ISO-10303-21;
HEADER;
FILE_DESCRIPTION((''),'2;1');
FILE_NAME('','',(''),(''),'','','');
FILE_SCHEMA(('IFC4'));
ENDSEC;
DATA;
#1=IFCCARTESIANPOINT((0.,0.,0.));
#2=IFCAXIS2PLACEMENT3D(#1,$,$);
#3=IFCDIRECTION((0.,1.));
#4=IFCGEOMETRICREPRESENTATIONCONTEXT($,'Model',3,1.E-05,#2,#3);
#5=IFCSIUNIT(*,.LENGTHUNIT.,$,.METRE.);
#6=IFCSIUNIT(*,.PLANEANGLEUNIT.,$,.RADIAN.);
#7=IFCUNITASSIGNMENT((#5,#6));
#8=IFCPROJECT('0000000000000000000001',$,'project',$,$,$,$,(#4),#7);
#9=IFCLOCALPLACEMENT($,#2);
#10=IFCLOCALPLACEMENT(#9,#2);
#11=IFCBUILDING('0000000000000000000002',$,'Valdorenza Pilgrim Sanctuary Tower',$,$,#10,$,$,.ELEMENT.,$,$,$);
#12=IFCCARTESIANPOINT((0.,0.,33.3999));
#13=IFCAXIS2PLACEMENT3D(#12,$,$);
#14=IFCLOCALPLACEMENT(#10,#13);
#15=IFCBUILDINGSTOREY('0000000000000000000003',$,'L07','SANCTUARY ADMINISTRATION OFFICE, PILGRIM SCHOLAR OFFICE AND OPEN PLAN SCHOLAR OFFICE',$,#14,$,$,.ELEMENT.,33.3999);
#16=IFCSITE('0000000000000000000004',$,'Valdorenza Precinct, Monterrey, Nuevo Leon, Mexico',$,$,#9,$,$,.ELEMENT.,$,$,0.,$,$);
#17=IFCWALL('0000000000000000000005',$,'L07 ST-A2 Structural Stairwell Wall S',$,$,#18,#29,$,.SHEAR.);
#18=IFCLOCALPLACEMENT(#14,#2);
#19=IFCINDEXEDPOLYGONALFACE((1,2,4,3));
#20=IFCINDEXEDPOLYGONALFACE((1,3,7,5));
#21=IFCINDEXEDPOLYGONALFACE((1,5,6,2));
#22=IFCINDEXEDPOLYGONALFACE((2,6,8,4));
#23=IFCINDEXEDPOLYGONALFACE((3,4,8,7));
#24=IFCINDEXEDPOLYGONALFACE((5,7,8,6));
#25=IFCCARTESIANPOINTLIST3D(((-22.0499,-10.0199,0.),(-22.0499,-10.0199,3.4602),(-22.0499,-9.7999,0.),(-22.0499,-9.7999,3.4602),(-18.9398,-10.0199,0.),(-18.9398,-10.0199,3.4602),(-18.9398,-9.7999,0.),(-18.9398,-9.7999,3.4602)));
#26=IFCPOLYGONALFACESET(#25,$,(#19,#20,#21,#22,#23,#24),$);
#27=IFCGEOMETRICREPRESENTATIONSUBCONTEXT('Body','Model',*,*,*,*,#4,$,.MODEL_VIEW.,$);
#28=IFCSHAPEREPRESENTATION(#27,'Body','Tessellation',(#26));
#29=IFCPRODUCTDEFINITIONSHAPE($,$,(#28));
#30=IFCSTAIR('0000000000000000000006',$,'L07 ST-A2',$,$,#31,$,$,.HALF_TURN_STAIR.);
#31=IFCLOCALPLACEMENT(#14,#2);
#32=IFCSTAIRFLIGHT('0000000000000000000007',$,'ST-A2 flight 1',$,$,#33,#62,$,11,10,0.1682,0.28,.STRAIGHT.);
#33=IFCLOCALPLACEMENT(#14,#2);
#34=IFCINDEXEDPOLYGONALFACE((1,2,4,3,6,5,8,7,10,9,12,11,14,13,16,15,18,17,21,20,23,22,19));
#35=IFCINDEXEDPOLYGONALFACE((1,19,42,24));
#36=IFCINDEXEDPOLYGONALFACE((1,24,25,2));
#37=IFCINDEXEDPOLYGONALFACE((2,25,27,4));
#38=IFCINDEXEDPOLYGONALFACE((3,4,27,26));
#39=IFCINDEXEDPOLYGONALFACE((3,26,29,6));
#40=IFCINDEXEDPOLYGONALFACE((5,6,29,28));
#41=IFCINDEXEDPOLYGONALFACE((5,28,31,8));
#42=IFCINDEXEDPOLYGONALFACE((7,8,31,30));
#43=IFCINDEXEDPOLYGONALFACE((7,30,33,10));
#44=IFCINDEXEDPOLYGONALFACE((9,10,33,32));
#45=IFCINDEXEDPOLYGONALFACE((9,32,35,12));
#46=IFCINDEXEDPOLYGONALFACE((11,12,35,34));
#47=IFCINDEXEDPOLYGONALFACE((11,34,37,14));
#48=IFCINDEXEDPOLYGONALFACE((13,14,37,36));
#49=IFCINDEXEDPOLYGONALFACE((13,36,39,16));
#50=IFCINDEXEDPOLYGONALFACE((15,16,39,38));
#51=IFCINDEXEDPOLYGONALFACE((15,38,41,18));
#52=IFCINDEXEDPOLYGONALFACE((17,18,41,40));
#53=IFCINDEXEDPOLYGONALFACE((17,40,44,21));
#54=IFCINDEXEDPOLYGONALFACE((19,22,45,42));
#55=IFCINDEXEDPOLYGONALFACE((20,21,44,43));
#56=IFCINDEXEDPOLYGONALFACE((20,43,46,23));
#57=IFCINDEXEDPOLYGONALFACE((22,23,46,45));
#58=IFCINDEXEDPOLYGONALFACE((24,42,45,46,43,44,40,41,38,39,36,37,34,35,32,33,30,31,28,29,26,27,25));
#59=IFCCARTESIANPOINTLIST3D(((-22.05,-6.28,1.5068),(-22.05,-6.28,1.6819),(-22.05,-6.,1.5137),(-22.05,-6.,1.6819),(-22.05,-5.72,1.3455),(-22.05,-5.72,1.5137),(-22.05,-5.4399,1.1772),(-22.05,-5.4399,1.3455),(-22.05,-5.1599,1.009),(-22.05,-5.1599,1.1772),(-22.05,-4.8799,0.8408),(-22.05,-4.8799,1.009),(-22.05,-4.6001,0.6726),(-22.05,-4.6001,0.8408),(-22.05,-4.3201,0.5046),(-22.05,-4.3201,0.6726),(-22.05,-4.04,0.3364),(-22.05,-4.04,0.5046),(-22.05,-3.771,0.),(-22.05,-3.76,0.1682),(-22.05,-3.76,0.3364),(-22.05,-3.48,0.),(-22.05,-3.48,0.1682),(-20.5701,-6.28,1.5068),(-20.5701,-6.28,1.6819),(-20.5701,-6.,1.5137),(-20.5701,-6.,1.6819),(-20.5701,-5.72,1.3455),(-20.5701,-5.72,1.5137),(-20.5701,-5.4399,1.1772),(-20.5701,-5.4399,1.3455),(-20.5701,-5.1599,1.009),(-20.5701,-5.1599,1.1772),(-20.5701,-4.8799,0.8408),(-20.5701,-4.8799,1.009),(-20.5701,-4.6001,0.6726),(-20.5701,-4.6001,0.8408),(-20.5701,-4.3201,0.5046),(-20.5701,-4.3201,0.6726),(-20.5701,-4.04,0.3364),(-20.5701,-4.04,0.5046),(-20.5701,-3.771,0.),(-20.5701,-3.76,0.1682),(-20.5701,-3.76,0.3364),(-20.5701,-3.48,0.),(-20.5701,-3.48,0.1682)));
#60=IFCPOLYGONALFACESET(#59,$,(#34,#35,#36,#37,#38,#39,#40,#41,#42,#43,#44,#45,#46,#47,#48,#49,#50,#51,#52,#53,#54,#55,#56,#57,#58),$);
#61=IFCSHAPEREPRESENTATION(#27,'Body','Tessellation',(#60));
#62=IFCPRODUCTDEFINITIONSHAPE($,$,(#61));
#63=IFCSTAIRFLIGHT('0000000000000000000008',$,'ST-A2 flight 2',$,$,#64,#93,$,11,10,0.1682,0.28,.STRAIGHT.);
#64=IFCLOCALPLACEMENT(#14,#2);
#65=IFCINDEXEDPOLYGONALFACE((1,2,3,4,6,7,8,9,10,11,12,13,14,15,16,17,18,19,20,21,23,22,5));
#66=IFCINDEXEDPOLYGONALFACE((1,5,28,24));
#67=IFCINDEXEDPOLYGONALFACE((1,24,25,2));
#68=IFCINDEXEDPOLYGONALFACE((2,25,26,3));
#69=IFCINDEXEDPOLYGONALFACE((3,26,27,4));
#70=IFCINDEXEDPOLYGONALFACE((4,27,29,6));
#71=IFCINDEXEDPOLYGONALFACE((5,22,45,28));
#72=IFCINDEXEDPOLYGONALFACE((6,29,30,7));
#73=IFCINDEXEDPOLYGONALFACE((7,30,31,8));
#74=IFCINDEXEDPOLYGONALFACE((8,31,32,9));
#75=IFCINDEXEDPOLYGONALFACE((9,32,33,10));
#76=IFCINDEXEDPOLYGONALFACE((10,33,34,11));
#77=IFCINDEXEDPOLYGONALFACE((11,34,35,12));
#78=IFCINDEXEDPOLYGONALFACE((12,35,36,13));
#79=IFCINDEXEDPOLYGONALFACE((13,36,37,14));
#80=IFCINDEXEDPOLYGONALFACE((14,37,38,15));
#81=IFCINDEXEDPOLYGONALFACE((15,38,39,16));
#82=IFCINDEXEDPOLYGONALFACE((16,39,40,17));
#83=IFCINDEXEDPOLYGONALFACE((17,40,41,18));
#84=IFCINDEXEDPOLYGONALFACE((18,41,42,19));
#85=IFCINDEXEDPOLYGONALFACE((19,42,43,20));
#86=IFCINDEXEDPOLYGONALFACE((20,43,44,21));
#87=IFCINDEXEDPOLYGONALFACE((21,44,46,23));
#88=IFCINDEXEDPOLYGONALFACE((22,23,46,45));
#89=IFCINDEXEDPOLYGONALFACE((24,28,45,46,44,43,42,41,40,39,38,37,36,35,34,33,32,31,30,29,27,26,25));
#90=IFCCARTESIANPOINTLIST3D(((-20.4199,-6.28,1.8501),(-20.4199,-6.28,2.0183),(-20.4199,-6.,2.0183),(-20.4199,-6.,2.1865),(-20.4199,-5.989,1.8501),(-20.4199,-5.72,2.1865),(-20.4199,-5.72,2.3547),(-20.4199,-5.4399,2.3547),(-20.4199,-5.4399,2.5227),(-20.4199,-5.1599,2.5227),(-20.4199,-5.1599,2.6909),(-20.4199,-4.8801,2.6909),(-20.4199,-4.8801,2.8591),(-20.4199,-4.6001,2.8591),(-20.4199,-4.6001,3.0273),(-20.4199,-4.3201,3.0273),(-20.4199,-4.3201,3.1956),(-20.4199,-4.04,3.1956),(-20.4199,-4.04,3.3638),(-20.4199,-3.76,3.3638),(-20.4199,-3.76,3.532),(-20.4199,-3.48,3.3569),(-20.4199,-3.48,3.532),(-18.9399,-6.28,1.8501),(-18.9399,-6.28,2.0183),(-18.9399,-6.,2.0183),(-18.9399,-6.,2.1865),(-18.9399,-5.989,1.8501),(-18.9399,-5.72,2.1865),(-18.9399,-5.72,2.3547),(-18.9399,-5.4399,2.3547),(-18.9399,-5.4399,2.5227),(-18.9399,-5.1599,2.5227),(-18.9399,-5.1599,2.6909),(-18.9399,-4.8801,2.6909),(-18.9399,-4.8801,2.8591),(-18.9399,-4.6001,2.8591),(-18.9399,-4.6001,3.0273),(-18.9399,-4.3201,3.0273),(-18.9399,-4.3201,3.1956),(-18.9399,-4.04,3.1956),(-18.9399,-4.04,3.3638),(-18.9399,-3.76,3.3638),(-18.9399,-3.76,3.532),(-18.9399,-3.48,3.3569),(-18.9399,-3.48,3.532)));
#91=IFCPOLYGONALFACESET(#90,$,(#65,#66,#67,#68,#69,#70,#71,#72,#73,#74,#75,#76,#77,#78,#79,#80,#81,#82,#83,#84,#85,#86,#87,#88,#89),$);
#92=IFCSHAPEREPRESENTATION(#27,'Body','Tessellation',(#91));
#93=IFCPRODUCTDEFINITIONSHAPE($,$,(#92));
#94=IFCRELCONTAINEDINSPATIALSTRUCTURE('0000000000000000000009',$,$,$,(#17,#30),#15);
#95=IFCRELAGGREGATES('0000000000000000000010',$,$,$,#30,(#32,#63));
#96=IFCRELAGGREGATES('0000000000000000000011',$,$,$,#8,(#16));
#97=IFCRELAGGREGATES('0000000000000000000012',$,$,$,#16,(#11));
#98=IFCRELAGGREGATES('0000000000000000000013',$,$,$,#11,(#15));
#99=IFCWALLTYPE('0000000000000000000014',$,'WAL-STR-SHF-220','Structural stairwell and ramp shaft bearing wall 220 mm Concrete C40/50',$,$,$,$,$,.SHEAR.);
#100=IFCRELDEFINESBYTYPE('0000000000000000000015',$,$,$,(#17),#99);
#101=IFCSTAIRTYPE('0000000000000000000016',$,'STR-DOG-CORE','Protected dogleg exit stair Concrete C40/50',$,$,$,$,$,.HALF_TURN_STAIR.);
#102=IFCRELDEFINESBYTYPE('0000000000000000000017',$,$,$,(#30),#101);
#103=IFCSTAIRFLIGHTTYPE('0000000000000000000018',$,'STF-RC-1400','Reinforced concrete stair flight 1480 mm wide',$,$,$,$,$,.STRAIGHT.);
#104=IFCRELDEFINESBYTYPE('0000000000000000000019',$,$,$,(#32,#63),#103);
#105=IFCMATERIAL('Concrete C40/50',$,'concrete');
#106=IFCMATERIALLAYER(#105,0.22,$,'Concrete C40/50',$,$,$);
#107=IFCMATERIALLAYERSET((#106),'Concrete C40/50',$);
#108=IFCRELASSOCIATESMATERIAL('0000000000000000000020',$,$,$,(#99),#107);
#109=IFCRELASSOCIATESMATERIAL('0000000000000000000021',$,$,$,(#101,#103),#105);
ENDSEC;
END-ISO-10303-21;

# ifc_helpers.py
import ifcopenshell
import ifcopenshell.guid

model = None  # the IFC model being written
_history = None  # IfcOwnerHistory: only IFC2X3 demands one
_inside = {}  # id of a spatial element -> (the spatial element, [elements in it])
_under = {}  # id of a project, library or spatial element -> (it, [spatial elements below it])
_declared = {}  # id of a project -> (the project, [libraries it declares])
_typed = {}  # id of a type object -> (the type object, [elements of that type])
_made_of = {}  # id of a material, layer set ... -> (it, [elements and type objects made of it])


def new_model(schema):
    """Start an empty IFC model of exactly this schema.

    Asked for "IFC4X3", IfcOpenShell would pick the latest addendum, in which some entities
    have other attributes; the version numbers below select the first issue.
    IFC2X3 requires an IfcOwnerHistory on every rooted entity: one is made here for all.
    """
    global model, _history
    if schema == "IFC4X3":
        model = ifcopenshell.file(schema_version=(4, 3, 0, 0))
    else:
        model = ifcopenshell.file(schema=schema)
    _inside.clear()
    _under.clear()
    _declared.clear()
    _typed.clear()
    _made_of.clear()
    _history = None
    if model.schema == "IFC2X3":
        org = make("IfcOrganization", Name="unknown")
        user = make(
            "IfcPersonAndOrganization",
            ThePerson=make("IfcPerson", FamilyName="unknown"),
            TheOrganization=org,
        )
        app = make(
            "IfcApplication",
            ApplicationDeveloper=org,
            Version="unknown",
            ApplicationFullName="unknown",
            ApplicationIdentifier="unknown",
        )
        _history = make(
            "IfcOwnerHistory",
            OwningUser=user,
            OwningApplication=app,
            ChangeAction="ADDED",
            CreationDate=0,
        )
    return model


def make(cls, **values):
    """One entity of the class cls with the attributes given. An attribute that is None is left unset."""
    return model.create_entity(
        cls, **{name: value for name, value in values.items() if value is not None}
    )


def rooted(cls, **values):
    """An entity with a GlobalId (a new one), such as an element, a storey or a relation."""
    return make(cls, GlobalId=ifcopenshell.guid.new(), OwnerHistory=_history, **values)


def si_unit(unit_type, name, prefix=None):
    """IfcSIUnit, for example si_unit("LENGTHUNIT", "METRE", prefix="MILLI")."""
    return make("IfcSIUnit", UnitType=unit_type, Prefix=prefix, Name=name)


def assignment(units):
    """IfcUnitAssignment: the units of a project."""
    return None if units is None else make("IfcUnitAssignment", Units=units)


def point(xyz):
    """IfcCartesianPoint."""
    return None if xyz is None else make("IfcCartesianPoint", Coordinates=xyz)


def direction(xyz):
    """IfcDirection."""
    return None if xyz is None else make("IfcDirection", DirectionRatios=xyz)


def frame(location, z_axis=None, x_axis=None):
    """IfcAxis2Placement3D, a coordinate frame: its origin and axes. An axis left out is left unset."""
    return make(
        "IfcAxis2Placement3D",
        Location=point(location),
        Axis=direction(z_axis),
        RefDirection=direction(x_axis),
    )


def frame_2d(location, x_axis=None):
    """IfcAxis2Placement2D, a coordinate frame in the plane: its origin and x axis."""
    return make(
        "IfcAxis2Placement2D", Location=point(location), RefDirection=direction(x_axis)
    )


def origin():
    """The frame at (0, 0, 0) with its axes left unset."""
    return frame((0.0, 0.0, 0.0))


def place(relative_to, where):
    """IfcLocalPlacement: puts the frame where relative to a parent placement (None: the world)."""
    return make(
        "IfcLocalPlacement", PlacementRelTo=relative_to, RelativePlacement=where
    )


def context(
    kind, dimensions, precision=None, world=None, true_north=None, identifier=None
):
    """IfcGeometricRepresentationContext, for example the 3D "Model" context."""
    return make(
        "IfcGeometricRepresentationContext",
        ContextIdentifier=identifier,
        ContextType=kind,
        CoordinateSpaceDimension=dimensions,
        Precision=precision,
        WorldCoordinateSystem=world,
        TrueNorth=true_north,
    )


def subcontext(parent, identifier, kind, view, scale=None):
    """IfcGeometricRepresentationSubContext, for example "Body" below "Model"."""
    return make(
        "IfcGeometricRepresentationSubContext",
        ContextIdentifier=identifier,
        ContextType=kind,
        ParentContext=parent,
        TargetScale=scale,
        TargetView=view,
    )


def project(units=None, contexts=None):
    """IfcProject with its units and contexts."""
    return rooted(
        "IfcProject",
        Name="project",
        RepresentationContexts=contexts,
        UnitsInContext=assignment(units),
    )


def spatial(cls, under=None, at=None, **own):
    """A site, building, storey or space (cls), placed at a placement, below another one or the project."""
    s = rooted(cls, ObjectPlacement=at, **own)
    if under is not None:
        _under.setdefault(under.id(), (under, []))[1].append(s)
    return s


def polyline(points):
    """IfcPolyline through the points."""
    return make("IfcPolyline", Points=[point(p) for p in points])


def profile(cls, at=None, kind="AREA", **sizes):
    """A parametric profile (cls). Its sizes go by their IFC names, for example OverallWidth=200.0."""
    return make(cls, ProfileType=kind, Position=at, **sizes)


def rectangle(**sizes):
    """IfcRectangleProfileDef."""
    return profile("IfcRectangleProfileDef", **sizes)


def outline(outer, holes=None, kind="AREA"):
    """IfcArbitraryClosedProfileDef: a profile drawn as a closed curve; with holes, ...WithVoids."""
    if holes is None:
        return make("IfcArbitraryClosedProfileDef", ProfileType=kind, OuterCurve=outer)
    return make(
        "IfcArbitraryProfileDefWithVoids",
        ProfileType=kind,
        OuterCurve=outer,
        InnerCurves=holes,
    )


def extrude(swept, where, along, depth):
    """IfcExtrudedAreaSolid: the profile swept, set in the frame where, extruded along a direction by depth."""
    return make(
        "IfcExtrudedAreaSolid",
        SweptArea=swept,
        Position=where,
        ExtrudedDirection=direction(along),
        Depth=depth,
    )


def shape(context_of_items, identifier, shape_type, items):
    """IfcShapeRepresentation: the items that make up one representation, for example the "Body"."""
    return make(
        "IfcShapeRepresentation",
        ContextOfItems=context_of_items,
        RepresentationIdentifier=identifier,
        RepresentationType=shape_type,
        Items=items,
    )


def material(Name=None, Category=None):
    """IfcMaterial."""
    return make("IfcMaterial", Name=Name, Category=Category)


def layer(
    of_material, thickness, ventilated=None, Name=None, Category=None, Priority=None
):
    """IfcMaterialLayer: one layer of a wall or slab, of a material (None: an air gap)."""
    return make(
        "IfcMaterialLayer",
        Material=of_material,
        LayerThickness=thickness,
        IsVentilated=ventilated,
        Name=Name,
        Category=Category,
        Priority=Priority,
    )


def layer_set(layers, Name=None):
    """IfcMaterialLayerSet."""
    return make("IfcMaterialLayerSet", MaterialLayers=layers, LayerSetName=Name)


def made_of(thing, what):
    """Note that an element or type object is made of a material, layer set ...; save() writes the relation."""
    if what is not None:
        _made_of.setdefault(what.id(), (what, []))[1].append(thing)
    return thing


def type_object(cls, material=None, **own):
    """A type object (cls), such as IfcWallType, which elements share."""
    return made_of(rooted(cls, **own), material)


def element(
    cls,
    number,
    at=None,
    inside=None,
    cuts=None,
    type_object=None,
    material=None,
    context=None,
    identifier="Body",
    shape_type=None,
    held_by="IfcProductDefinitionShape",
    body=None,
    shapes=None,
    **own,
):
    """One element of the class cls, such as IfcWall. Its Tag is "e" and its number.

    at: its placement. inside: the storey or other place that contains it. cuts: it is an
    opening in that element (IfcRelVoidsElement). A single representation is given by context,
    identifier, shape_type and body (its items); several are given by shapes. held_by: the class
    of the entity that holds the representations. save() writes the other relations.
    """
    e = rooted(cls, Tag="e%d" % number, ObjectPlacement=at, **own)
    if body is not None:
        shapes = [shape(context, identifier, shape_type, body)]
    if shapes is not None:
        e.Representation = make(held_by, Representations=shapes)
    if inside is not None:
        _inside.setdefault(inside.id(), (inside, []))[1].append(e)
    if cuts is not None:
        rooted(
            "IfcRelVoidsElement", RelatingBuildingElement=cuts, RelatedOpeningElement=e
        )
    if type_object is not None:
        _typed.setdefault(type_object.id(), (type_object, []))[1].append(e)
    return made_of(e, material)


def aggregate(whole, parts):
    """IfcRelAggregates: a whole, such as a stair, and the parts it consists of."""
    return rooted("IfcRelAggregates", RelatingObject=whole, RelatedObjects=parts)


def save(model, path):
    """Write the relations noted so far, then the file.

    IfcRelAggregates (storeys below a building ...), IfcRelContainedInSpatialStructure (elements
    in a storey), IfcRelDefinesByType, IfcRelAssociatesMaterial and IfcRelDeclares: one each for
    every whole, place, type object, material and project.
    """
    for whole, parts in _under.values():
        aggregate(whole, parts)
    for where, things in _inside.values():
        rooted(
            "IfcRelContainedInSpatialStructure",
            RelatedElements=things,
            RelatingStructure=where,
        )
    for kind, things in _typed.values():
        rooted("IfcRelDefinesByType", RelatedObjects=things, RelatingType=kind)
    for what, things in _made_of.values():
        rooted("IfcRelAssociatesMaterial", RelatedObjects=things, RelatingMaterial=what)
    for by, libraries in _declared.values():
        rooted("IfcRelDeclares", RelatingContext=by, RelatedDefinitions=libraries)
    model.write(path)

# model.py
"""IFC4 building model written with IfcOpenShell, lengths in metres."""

from ifc_helpers import new_model, si_unit, direction, frame, frame_2d, origin, place, context, subcontext, project, spatial, polyline, rectangle, outline, extrude, material, layer, layer_set, type_object, element, aggregate, save


model = new_model("IFC4")

# Units and contexts
model_context = context("Model", 3, precision=1e-05, world=origin(), true_north=direction((0.0, 1.0)))
body_context = subcontext(model_context, "Body", "Model", "MODEL_VIEW")
ifc_project = project(units=[si_unit("LENGTHUNIT", "METRE"), si_unit("PLANEANGLEUNIT", "RADIAN")], contexts=[model_context])

# Site, building, storey
site_placement = place(None, origin())
site = spatial("IfcSite", under=ifc_project, at=site_placement, Name="Valdorenza Precinct, Monterrey, Nuevo Leon, Mexico", CompositionType="ELEMENT", RefElevation=0.0)
building_placement = place(site_placement, origin())
building = spatial("IfcBuilding", under=site, at=building_placement, Name="Valdorenza Pilgrim Sanctuary Tower", CompositionType="ELEMENT")
storey_placement = place(building_placement, frame((0.0, 0.0, 33.3999)))
storey = spatial("IfcBuildingStorey", under=building, at=storey_placement, Name="L07", Description="SANCTUARY ADMINISTRATION OFFICE, PILGRIM SCHOLAR OFFICE AND OPEN PLAN SCHOLAR OFFICE", CompositionType="ELEMENT", Elevation=33.3999)

# Wall
ifc_material_1 = material(Name="Concrete C40/50", Category="concrete")
ifc_layer_1 = layer(ifc_material_1, 0.22, Name="Concrete C40/50")
ifc_layer_set_1 = layer_set([ifc_layer_1], Name="Concrete C40/50")
wall_type_1 = type_object("IfcWallType", Name="WAL-STR-SHF-220", Description="Structural stairwell and ramp shaft bearing wall 220 mm Concrete C40/50", PredefinedType="SHEAR", material=ifc_layer_set_1)
wall_1_placement = place(storey_placement, frame((-22.05, -9.9099, 0.0), z_axis=(0.0, 0.0, 1.0), x_axis=(1.0, 0.0, 0.0)))
element("IfcWall", 1, at=wall_1_placement, inside=storey, type_object=wall_type_1, Name="L07 ST-A2 Structural Stairwell Wall S", PredefinedType="SHEAR", context=body_context, shape_type="SweptSolid", body=[
    extrude(rectangle(XDim=3.1101, YDim=0.22, at=frame_2d((1.5552, 0.0))), origin(), (0.0, 0.0, 1.0), 3.4602),
])

# Stair, stair flights
stair_type = type_object("IfcStairType", Name="STR-DOG-CORE", Description="Protected dogleg exit stair Concrete C40/50", PredefinedType="HALF_TURN_STAIR", material=ifc_material_1)
stair_placement = place(storey_placement, origin())
stair = element("IfcStair", 2, at=stair_placement, inside=storey, type_object=stair_type, Name="L07 ST-A2", PredefinedType="HALF_TURN_STAIR")
stair_flight_type = type_object("IfcStairFlightType", Name="STF-RC-1400", Description="Reinforced concrete stair flight 1480 mm wide", PredefinedType="STRAIGHT", material=ifc_material_1)
stair_flight_1_placement = place(storey_placement, frame((-21.3101, -3.48, 0.0), z_axis=(0.0, 0.0, 1.0), x_axis=(0.0, -1.0, 0.0)))
stair_flight_1 = element("IfcStairFlight", 3, at=stair_flight_1_placement, type_object=stair_flight_type, Name="ST-A2 flight 1", NumberOfRisers=11, NumberOfTreads=10, PredefinedType="STRAIGHT", RiserHeight=0.1682, TreadLength=0.28, context=body_context, shape_type="SweptSolid", body=[
    extrude(outline(polyline([(0.0, 0.0), (0.0, 0.1682), (0.28, 0.1682), (0.28, 0.3364), (0.5601, 0.3364), (0.5601, 0.5046), (0.8401, 0.5046), (0.8401, 0.6726), (1.1201, 0.6726), (1.1201, 0.8408), (1.3999, 0.8408), (1.3999, 1.009), (1.6799, 1.009), (1.6799, 1.1772), (1.96, 1.1772), (1.96, 1.3455), (2.24, 1.3455), (2.24, 1.5137), (2.52, 1.5137), (2.52, 1.6819), (2.8, 1.6819), (2.8, 1.8501), (2.8, 1.5068), (0.291, 0.0), (0.0, 0.0)])), frame((0.0, 0.74, 0.0), z_axis=(0.0, -1.0, 0.0), x_axis=(1.0, 0.0, 0.0)), (0.0, 0.0, 1.0), 1.48),
])
stair_flight_2_placement = place(storey_placement, frame((-19.6799, -6.28, 1.8501), z_axis=(0.0, 0.0, 1.0), x_axis=(0.0, 1.0, 0.0)))
stair_flight_2 = element("IfcStairFlight", 4, at=stair_flight_2_placement, type_object=stair_flight_type, Name="ST-A2 flight 2", NumberOfRisers=11, NumberOfTreads=10, PredefinedType="STRAIGHT", RiserHeight=0.1682, TreadLength=0.28, context=body_context, shape_type="SweptSolid", body=[
    extrude(outline(polyline([(0.0, 0.0), (0.0, 0.1682), (0.28, 0.1682), (0.28, 0.3364), (0.5601, 0.3364), (0.5601, 0.5046), (0.8401, 0.5046), (0.8401, 0.6726), (1.1201, 0.6726), (1.1201, 0.8408), (1.3999, 0.8408), (1.3999, 1.009), (1.6799, 1.009), (1.6799, 1.1772), (1.96, 1.1772), (1.96, 1.3455), (2.24, 1.3455), (2.24, 1.5137), (2.52, 1.5137), (2.52, 1.6819), (2.8, 1.6819), (2.8, 1.8501), (2.8, 1.5068), (0.291, 0.0), (0.0, 0.0)])), frame((0.0, 0.74, 0.0), z_axis=(0.0, -1.0, 0.0), x_axis=(1.0, 0.0, 0.0)), (0.0, 0.0, 1.0), 1.48),
])
aggregate(stair, [stair_flight_1, stair_flight_2])

save(model, "model.ifc")
